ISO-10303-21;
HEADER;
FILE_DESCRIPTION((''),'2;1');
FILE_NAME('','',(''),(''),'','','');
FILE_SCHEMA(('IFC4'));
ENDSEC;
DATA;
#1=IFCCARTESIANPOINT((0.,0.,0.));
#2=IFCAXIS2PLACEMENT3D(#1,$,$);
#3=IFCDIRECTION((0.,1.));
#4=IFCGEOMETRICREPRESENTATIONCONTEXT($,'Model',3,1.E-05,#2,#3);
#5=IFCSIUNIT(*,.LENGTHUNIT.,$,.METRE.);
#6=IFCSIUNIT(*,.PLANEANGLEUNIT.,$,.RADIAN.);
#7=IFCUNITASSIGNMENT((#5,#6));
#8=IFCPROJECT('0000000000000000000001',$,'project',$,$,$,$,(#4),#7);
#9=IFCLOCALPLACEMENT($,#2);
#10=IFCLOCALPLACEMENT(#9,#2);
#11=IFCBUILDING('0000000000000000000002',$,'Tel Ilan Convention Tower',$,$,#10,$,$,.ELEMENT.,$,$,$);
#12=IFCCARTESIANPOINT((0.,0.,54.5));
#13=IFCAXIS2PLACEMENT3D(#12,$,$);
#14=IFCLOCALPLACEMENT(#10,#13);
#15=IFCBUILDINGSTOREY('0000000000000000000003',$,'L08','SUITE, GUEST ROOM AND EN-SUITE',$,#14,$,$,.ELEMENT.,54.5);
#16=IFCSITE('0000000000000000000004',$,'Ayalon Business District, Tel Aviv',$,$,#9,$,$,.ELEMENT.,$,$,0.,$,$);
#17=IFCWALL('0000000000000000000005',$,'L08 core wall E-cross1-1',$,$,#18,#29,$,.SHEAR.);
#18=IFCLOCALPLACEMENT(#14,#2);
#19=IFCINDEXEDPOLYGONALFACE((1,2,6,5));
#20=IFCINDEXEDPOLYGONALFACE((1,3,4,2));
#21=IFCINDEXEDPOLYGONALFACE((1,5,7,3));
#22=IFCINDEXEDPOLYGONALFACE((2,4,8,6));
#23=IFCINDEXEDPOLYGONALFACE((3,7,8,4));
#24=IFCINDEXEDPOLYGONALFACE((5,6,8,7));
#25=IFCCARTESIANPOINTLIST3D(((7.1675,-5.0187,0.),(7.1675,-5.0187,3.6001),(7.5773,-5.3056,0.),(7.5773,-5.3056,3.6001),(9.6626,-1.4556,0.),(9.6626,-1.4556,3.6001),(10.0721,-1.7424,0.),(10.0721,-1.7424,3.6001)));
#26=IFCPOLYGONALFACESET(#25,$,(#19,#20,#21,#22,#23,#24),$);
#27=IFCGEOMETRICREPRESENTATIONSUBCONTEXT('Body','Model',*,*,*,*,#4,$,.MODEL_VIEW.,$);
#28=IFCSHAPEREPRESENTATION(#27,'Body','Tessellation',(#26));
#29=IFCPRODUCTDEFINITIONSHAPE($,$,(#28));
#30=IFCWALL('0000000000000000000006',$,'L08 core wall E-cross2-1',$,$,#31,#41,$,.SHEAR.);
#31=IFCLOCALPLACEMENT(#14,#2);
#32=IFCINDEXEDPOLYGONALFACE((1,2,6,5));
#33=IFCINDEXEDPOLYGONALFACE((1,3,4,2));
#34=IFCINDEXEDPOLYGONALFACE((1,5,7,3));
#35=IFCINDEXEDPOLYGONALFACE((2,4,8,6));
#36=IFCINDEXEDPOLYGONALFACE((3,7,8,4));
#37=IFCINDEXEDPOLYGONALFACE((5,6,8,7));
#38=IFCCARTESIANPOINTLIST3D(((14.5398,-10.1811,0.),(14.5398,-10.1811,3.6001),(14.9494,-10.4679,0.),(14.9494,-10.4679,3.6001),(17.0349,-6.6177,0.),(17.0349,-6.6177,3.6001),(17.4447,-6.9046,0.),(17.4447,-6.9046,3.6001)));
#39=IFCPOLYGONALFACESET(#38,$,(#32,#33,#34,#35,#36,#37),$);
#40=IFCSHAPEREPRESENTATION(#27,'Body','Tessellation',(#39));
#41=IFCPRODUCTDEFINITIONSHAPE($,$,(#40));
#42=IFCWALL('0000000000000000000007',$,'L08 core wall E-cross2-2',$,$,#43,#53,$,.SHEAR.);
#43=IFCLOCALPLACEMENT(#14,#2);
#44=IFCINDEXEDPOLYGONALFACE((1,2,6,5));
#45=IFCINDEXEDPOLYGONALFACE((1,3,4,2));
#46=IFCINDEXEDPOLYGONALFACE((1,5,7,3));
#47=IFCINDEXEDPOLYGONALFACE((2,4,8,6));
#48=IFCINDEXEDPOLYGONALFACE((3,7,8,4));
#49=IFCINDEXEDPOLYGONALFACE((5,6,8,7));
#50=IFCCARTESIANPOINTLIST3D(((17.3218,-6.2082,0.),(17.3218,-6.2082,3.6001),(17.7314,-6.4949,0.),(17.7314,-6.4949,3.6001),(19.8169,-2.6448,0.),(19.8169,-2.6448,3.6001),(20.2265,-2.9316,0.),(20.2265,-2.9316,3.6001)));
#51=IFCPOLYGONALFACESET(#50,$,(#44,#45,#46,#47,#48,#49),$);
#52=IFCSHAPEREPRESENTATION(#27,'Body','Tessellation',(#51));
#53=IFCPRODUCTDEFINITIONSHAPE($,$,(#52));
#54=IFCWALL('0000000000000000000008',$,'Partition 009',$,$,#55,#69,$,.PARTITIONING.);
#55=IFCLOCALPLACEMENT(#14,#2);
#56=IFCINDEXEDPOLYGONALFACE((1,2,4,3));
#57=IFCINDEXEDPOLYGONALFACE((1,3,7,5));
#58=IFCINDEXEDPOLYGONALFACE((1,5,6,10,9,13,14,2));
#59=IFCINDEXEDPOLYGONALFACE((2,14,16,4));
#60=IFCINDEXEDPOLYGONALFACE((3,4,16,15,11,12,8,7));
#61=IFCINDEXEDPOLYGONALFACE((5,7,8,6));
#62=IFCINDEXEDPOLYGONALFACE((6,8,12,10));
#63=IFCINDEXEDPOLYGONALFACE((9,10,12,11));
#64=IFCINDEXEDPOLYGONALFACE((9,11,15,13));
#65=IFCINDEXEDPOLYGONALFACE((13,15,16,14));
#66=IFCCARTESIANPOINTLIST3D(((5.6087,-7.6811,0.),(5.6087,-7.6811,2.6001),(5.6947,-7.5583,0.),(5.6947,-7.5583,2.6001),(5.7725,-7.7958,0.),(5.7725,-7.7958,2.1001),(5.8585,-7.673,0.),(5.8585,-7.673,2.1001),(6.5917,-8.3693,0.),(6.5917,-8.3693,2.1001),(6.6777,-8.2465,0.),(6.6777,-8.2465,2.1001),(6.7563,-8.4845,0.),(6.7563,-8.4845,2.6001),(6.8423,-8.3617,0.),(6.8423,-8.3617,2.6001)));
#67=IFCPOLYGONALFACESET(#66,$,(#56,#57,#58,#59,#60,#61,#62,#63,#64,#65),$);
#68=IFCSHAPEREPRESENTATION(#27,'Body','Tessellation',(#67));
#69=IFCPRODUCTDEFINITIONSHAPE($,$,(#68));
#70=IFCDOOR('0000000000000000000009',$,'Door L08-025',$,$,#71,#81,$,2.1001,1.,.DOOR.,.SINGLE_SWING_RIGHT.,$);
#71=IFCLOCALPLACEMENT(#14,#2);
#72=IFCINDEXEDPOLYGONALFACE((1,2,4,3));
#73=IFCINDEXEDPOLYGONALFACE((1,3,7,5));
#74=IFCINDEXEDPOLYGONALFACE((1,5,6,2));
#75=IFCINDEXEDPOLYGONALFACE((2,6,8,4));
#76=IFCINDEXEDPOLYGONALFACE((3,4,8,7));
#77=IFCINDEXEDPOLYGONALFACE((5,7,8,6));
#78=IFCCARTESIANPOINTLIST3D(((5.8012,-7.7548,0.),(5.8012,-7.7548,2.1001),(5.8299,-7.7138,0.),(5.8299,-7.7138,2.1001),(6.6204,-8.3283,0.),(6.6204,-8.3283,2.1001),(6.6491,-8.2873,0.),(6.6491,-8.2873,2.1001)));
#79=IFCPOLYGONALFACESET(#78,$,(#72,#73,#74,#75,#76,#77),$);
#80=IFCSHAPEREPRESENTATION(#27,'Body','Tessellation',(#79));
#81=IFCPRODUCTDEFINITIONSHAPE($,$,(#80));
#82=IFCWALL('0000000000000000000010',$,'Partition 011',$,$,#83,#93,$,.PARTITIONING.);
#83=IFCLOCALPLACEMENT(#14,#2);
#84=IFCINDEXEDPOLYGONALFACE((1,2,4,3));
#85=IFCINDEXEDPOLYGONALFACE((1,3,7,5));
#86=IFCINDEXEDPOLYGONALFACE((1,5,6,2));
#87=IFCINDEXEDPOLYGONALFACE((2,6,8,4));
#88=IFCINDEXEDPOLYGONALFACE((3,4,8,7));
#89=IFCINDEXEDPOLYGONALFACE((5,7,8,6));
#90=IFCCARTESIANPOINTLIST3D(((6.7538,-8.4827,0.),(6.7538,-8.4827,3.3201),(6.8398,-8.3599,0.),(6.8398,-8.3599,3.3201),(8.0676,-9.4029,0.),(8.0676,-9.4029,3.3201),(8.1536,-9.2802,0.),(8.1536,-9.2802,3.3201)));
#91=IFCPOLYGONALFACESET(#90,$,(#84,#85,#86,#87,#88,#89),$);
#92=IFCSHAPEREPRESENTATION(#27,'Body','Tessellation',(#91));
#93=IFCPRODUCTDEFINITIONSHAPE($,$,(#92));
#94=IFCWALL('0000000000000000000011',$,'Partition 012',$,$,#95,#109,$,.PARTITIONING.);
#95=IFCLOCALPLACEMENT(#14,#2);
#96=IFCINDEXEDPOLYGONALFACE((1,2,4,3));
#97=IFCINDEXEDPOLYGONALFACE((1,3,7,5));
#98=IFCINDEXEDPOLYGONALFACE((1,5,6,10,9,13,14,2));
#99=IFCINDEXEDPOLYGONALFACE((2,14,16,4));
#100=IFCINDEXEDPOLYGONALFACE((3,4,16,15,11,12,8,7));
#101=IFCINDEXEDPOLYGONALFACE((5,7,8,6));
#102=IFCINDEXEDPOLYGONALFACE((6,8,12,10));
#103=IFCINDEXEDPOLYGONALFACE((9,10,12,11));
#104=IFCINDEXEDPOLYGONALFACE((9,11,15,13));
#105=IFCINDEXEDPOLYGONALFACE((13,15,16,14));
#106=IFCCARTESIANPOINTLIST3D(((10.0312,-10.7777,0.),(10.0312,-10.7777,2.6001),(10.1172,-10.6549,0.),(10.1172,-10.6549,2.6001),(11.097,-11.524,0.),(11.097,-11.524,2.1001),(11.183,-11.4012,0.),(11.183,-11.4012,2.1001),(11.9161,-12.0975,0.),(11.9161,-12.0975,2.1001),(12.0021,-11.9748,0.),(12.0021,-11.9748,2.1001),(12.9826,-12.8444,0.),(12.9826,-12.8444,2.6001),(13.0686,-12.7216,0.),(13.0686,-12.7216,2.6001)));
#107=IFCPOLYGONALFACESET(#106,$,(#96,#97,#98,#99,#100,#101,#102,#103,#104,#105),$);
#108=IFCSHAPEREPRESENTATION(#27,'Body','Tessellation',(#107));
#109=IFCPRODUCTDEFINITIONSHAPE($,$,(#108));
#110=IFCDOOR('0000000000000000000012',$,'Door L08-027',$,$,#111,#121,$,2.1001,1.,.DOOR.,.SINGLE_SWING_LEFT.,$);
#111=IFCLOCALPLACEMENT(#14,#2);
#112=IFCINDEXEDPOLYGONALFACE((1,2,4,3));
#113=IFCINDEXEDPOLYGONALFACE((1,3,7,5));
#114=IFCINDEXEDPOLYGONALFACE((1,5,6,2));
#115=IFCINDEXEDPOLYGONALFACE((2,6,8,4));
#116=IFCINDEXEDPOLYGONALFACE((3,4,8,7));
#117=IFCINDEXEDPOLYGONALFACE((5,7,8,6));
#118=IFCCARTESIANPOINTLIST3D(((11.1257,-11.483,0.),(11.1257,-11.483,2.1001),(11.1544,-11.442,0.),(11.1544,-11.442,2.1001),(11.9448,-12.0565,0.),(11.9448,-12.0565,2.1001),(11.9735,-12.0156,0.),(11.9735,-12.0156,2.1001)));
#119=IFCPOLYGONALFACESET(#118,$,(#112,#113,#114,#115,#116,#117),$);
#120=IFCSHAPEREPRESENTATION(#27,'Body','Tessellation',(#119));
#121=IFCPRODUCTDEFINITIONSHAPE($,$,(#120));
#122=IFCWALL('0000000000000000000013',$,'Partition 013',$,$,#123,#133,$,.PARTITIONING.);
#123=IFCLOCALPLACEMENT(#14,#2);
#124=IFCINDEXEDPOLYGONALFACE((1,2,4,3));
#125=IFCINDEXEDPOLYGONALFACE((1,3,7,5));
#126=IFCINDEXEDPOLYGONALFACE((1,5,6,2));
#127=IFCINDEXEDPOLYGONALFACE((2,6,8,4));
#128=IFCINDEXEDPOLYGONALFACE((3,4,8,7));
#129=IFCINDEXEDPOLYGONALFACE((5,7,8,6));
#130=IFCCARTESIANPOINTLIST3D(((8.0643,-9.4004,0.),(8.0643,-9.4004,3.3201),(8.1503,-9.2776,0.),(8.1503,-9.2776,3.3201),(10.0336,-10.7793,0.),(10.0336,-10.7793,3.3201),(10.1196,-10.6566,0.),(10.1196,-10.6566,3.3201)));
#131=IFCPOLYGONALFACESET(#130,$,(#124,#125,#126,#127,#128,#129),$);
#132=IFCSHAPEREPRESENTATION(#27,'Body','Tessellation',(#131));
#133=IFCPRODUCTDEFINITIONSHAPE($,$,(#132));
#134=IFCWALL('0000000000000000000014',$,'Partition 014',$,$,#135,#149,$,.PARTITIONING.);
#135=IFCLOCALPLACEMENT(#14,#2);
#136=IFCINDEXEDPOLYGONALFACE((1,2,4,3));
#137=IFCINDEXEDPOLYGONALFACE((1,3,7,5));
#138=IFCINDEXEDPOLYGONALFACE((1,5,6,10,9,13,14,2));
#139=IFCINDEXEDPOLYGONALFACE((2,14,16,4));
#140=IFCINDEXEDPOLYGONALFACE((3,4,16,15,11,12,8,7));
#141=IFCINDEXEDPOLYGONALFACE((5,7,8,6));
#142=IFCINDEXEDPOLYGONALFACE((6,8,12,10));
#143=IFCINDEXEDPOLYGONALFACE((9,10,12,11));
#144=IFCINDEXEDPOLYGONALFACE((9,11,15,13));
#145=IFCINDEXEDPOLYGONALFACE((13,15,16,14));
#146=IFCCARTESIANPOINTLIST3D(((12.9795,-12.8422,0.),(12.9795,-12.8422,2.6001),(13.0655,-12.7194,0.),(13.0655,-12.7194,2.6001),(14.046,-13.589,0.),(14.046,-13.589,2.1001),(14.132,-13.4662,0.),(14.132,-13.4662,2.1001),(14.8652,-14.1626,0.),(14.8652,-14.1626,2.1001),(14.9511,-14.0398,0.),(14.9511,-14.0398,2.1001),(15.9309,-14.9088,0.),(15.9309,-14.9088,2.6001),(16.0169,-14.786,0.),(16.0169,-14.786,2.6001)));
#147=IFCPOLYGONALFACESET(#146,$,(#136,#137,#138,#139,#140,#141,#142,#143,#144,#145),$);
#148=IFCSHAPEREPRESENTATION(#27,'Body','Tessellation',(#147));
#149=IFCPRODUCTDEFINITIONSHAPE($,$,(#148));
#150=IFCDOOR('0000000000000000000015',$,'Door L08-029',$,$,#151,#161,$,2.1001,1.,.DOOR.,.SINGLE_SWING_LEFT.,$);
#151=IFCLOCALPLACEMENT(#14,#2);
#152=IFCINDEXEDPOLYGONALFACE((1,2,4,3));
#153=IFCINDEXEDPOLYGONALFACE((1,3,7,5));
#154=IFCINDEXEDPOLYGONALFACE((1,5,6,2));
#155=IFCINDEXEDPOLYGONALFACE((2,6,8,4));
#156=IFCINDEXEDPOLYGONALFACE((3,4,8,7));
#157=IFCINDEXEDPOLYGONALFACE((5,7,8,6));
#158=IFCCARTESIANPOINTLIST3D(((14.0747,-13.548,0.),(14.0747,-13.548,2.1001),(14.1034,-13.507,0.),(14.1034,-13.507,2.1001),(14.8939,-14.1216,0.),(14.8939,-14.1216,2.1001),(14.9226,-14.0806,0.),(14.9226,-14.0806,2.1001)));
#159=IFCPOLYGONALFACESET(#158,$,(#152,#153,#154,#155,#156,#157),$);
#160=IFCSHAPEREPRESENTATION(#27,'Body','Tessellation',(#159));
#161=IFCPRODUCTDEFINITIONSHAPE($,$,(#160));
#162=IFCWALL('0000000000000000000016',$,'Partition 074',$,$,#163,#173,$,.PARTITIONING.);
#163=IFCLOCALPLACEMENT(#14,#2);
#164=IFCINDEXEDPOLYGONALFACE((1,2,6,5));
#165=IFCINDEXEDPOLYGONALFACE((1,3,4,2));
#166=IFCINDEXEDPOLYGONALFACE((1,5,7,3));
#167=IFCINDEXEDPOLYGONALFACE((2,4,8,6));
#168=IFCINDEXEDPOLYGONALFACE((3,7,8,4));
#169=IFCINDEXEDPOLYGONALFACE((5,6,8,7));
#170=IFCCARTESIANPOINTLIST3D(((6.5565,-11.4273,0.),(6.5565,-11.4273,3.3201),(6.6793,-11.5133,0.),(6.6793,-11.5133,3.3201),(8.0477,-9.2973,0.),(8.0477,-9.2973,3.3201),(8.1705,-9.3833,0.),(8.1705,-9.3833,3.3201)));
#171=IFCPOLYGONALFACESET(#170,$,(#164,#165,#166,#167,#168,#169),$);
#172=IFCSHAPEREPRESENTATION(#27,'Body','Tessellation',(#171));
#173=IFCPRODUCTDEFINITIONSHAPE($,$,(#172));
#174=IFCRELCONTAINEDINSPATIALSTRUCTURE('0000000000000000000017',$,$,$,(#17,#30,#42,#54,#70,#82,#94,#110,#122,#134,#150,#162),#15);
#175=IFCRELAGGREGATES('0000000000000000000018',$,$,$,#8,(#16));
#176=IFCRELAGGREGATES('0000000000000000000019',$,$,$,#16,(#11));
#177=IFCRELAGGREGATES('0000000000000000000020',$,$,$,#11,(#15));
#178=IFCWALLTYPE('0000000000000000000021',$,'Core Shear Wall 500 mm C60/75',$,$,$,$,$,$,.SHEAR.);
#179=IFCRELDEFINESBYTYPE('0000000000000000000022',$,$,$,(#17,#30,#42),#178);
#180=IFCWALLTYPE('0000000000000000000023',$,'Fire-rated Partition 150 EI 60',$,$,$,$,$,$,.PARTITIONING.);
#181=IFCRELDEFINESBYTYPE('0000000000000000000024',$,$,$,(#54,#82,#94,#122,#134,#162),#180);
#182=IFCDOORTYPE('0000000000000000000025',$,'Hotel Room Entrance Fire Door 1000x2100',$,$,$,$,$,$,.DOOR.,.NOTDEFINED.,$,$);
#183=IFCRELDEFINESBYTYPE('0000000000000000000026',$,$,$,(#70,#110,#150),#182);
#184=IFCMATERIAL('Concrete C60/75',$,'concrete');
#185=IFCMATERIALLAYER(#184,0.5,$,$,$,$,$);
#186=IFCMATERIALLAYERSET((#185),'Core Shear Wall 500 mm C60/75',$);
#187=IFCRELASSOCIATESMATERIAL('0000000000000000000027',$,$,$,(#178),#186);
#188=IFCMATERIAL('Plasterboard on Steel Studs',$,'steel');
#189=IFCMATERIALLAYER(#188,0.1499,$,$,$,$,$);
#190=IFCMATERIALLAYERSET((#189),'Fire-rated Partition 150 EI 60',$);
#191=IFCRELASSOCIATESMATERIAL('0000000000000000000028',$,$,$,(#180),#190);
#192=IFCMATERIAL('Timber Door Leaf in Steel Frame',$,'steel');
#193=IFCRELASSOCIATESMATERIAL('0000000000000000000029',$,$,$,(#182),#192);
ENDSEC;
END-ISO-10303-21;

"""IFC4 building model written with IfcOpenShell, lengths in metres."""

from ifc_helpers import new_model, si_unit, direction, frame, frame_2d, origin, place, context, subcontext, project, spatial, polyline, rectangle, outline, extrude, material, layer, layer_set, type_object, element, fill, save


model = new_model("IFC4")

# Units and contexts
model_context = context("Model", 3, precision=1e-05, world=origin(), true_north=direction((0.0, 1.0)))
body_context = subcontext(model_context, "Body", "Model", "MODEL_VIEW")
ifc_project = project(units=[si_unit("LENGTHUNIT", "METRE"), si_unit("PLANEANGLEUNIT", "RADIAN")], contexts=[model_context])

# Site, building, storey
site_placement = place(None, origin())
site = spatial("IfcSite", under=ifc_project, at=site_placement, Name="Ayalon Business District, Tel Aviv", CompositionType="ELEMENT", RefElevation=0.0)
building_placement = place(site_placement, origin())
building = spatial("IfcBuilding", under=site, at=building_placement, Name="Tel Ilan Convention Tower", CompositionType="ELEMENT")
storey_placement = place(building_placement, frame((0.0, 0.0, 54.5)))
storey = spatial("IfcBuildingStorey", under=building, at=storey_placement, Name="L08", Description="SUITE, GUEST ROOM AND EN-SUITE", CompositionType="ELEMENT", Elevation=54.5)

# Walls
ifc_material_1 = material(Name="Concrete C60/75", Category="concrete")
ifc_layer_1 = layer(ifc_material_1, 0.5)
ifc_layer_set_1 = layer_set([ifc_layer_1], Name="Core Shear Wall 500 mm C60/75")
wall_type_1 = type_object("IfcWallType", Name="Core Shear Wall 500 mm C60/75", PredefinedType="SHEAR", material=ifc_layer_set_1)
wall_1_placement = place(storey_placement, frame((7.3723, -5.1621, 0.0), z_axis=(0.0, 0.0, 1.0), x_axis=(0.573594, 0.81914, 0.0)))
element("IfcWall", 1, at=wall_1_placement, inside=storey, type_object=wall_type_1, Name="L08 core wall E-cross1-1", PredefinedType="SHEAR", context=body_context, shape_type="SweptSolid", body=[
    extrude(outline(polyline([(0.0, 0.25), (0.0, -0.2502), (4.3499, -0.25), (4.3499, 0.25), (0.0, 0.25)])), origin(), (0.0, 0.0, 1.0), 3.6001),
])
wall_2_placement = place(storey_placement, frame((14.7446, -10.3245, 0.0), z_axis=(0.0, 0.0, 1.0), x_axis=(0.573568, 0.819158, 0.0)))
element("IfcWall", 2, at=wall_2_placement, inside=storey, type_object=wall_type_1, Name="L08 core wall E-cross2-1", PredefinedType="SHEAR", context=body_context, shape_type="SweptSolid", body=[
    extrude(outline(polyline([(0.0, 0.25), (0.0, -0.25), (4.3501, -0.2502), (4.3501, 0.25), (0.0, 0.25)])), origin(), (0.0, 0.0, 1.0), 3.6001),
])
wall_3_placement = place(storey_placement, frame((17.5266, -6.3516, 0.0), z_axis=(0.0, 0.0, 1.0), x_axis=(0.57353, 0.819184, 0.0)))
element("IfcWall", 3, at=wall_3_placement, inside=storey, type_object=wall_type_1, Name="L08 core wall E-cross2-2", PredefinedType="SHEAR", context=body_context, shape_type="SweptSolid", body=[
    extrude(outline(polyline([(4.3501, -0.2502), (4.3501, 0.2498), (0.0, 0.25), (0.0, -0.25), (4.3501, -0.2502)])), origin(), (0.0, 0.0, 1.0), 3.6001),
])

# Wall, opening, door
ifc_material_2 = material(Name="Plasterboard on Steel Studs", Category="steel")
ifc_layer_2 = layer(ifc_material_2, 0.1499)
ifc_layer_set_2 = layer_set([ifc_layer_2], Name="Fire-rated Partition 150 EI 60")
wall_type_2 = type_object("IfcWallType", Name="Fire-rated Partition 150 EI 60", PredefinedType="PARTITIONING", material=ifc_layer_set_2)
wall_4_placement = place(storey_placement, frame((6.7993, -8.4231, 0.0), z_axis=(0.0, 0.0, 1.0), x_axis=(-0.819207, 0.573497, 0.0)))
wall_4 = element("IfcWall", 4, at=wall_4_placement, inside=storey, type_object=wall_type_2, Name="Partition 009", PredefinedType="PARTITIONING", context=body_context, shape_type="SweptSolid", body=[
    extrude(rectangle(XDim=1.4009, YDim=0.1499, at=frame_2d((0.7004, 0.0))), origin(), (0.0, 0.0, 1.0), 2.6001),
])
opening_1_placement = place(wall_4_placement, frame((0.2009, 0.0, 0.0)))
opening_1 = element("IfcOpeningElement", 5, at=opening_1_placement, cuts=wall_4, PredefinedType="OPENING", context=body_context, shape_type="SweptSolid", body=[
    extrude(rectangle(XDim=1.0, YDim=2.1001, at=frame_2d((0.5, 1.05))), frame((0.0, 0.085, 0.0), z_axis=(0.0, -1.0, 0.0), x_axis=(1.0, 0.0, 0.0)), (0.0, 0.0, 1.0), 0.1699),
])
ifc_material_3 = material(Name="Timber Door Leaf in Steel Frame", Category="steel")
door_type_1 = type_object("IfcDoorType", Name="Hotel Room Entrance Fire Door 1000x2100", OperationType="NOTDEFINED", PredefinedType="DOOR", material=ifc_material_3)
door_1_placement = place(opening_1_placement, origin())
door_1 = element("IfcDoor", 6, at=door_1_placement, inside=storey, type_object=door_type_1, Name="Door L08-025", OperationType="SINGLE_SWING_RIGHT", OverallHeight=2.1001, OverallWidth=1.0, PredefinedType="DOOR", context=body_context, shape_type="SweptSolid", body=[
    extrude(rectangle(XDim=1.0, YDim=2.1001, at=frame_2d((0.5, 1.05))), frame((0.0, 0.0249, 0.0), z_axis=(0.0, -1.0, 0.0), x_axis=(1.0, 0.0, 0.0)), (0.0, 0.0, 1.0), 0.05),
])
fill(opening_1, door_1)

# Wall
wall_5_placement = place(storey_placement, frame((8.1106, -9.3416, 0.0), z_axis=(0.0, 0.0, 1.0), x_axis=(-0.819067, 0.573697, 0.0)))
element("IfcWall", 7, at=wall_5_placement, inside=storey, type_object=wall_type_2, Name="Partition 011", PredefinedType="PARTITIONING", context=body_context, shape_type="SweptSolid", body=[
    extrude(rectangle(XDim=1.604, YDim=0.1499, at=frame_2d((0.802, 0.0))), origin(), (0.0, 0.0, 1.0), 3.3201),
])

# Wall, opening, door
wall_6_placement = place(storey_placement, frame((13.0256, -12.783, 0.0), z_axis=(0.0, 0.0, 1.0), x_axis=(-0.819146, 0.573585, 0.0)))
wall_6 = element("IfcWall", 8, at=wall_6_placement, inside=storey, type_object=wall_type_2, Name="Partition 012", PredefinedType="PARTITIONING", context=body_context, shape_type="SweptSolid", body=[
    extrude(rectangle(XDim=3.603, YDim=0.1499, at=frame_2d((1.8015, 0.0))), origin(), (0.0, 0.0, 1.0), 2.6001),
])
opening_2_placement = place(wall_6_placement, frame((1.302, 0.0, 0.0)))
opening_2 = element("IfcOpeningElement", 9, at=opening_2_placement, cuts=wall_6, PredefinedType="OPENING", context=body_context, shape_type="SweptSolid", body=[
    extrude(rectangle(XDim=1.0, YDim=2.1001, at=frame_2d((0.5, 1.05))), frame((0.0, 0.085, 0.0), z_axis=(0.0, -1.0, 0.0), x_axis=(1.0, 0.0, 0.0)), (0.0, 0.0, 1.0), 0.1699),
])
door_2_placement = place(opening_2_placement, origin())
door_2 = element("IfcDoor", 10, at=door_2_placement, inside=storey, type_object=door_type_1, Name="Door L08-027", OperationType="SINGLE_SWING_LEFT", OverallHeight=2.1001, OverallWidth=1.0, PredefinedType="DOOR", context=body_context, shape_type="SweptSolid", body=[
    extrude(rectangle(XDim=1.0, YDim=2.1001, at=frame_2d((0.5, 1.05))), frame((0.0, 0.0249, 0.0), z_axis=(0.0, -1.0, 0.0), x_axis=(1.0, 0.0, 0.0)), (0.0, 0.0, 1.0), 0.05),
])
fill(opening_2, door_2)

# Wall
wall_7_placement = place(storey_placement, frame((10.0767, -10.718, 0.0), z_axis=(0.0, 0.0, 1.0), x_axis=(-0.819146, 0.573585, 0.0)))
element("IfcWall", 11, at=wall_7_placement, inside=storey, type_object=wall_type_2, Name="Partition 013", PredefinedType="PARTITIONING", context=body_context, shape_type="SweptSolid", body=[
    extrude(rectangle(XDim=2.4041, YDim=0.1499, at=frame_2d((1.2021, 0.0))), origin(), (0.0, 0.0, 1.0), 3.3201),
])

# Wall, opening, door
wall_8_placement = place(storey_placement, frame((15.9739, -14.8474, 0.0), z_axis=(0.0, 0.0, 1.0), x_axis=(-0.819146, 0.573585, 0.0)))
wall_8 = element("IfcWall", 12, at=wall_8_placement, inside=storey, type_object=wall_type_2, Name="Partition 014", PredefinedType="PARTITIONING", context=body_context, shape_type="SweptSolid", body=[
    extrude(rectangle(XDim=3.603, YDim=0.1499, at=frame_2d((1.8015, 0.0))), origin(), (0.0, 0.0, 1.0), 2.6001),
])
opening_3_placement = place(wall_8_placement, frame((1.301, 0.0, 0.0)))
opening_3 = element("IfcOpeningElement", 13, at=opening_3_placement, cuts=wall_8, PredefinedType="OPENING", context=body_context, shape_type="SweptSolid", body=[
    extrude(rectangle(XDim=1.0, YDim=2.1001, at=frame_2d((0.5, 1.05))), frame((0.0, 0.085, 0.0), z_axis=(0.0, -1.0, 0.0), x_axis=(1.0, 0.0, 0.0)), (0.0, 0.0, 1.0), 0.1699),
])
door_3_placement = place(opening_3_placement, origin())
door_3 = element("IfcDoor", 14, at=door_3_placement, inside=storey, type_object=door_type_1, Name="Door L08-029", OperationType="SINGLE_SWING_LEFT", OverallHeight=2.1001, OverallWidth=1.0, PredefinedType="DOOR", context=body_context, shape_type="SweptSolid", body=[
    extrude(rectangle(XDim=1.0, YDim=2.1001, at=frame_2d((0.5, 1.05))), frame((0.0, 0.0249, 0.0), z_axis=(0.0, -1.0, 0.0), x_axis=(1.0, 0.0, 0.0)), (0.0, 0.0, 1.0), 0.05),
])
fill(opening_3, door_3)

# Wall
wall_9_placement = place(storey_placement, frame((8.1091, -9.3403, 0.0), z_axis=(0.0, 0.0, 1.0), x_axis=(-0.573538, -0.819179, 0.0)))
element("IfcWall", 15, at=wall_9_placement, inside=storey, type_object=wall_type_2, Name="Partition 074", PredefinedType="PARTITIONING", context=body_context, shape_type="SweptSolid", body=[
    extrude(rectangle(XDim=2.6001, YDim=0.1499, at=frame_2d((1.3, 0.0))), origin(), (0.0, 0.0, 1.0), 3.3201),
])

save(model, "model.ifc")
